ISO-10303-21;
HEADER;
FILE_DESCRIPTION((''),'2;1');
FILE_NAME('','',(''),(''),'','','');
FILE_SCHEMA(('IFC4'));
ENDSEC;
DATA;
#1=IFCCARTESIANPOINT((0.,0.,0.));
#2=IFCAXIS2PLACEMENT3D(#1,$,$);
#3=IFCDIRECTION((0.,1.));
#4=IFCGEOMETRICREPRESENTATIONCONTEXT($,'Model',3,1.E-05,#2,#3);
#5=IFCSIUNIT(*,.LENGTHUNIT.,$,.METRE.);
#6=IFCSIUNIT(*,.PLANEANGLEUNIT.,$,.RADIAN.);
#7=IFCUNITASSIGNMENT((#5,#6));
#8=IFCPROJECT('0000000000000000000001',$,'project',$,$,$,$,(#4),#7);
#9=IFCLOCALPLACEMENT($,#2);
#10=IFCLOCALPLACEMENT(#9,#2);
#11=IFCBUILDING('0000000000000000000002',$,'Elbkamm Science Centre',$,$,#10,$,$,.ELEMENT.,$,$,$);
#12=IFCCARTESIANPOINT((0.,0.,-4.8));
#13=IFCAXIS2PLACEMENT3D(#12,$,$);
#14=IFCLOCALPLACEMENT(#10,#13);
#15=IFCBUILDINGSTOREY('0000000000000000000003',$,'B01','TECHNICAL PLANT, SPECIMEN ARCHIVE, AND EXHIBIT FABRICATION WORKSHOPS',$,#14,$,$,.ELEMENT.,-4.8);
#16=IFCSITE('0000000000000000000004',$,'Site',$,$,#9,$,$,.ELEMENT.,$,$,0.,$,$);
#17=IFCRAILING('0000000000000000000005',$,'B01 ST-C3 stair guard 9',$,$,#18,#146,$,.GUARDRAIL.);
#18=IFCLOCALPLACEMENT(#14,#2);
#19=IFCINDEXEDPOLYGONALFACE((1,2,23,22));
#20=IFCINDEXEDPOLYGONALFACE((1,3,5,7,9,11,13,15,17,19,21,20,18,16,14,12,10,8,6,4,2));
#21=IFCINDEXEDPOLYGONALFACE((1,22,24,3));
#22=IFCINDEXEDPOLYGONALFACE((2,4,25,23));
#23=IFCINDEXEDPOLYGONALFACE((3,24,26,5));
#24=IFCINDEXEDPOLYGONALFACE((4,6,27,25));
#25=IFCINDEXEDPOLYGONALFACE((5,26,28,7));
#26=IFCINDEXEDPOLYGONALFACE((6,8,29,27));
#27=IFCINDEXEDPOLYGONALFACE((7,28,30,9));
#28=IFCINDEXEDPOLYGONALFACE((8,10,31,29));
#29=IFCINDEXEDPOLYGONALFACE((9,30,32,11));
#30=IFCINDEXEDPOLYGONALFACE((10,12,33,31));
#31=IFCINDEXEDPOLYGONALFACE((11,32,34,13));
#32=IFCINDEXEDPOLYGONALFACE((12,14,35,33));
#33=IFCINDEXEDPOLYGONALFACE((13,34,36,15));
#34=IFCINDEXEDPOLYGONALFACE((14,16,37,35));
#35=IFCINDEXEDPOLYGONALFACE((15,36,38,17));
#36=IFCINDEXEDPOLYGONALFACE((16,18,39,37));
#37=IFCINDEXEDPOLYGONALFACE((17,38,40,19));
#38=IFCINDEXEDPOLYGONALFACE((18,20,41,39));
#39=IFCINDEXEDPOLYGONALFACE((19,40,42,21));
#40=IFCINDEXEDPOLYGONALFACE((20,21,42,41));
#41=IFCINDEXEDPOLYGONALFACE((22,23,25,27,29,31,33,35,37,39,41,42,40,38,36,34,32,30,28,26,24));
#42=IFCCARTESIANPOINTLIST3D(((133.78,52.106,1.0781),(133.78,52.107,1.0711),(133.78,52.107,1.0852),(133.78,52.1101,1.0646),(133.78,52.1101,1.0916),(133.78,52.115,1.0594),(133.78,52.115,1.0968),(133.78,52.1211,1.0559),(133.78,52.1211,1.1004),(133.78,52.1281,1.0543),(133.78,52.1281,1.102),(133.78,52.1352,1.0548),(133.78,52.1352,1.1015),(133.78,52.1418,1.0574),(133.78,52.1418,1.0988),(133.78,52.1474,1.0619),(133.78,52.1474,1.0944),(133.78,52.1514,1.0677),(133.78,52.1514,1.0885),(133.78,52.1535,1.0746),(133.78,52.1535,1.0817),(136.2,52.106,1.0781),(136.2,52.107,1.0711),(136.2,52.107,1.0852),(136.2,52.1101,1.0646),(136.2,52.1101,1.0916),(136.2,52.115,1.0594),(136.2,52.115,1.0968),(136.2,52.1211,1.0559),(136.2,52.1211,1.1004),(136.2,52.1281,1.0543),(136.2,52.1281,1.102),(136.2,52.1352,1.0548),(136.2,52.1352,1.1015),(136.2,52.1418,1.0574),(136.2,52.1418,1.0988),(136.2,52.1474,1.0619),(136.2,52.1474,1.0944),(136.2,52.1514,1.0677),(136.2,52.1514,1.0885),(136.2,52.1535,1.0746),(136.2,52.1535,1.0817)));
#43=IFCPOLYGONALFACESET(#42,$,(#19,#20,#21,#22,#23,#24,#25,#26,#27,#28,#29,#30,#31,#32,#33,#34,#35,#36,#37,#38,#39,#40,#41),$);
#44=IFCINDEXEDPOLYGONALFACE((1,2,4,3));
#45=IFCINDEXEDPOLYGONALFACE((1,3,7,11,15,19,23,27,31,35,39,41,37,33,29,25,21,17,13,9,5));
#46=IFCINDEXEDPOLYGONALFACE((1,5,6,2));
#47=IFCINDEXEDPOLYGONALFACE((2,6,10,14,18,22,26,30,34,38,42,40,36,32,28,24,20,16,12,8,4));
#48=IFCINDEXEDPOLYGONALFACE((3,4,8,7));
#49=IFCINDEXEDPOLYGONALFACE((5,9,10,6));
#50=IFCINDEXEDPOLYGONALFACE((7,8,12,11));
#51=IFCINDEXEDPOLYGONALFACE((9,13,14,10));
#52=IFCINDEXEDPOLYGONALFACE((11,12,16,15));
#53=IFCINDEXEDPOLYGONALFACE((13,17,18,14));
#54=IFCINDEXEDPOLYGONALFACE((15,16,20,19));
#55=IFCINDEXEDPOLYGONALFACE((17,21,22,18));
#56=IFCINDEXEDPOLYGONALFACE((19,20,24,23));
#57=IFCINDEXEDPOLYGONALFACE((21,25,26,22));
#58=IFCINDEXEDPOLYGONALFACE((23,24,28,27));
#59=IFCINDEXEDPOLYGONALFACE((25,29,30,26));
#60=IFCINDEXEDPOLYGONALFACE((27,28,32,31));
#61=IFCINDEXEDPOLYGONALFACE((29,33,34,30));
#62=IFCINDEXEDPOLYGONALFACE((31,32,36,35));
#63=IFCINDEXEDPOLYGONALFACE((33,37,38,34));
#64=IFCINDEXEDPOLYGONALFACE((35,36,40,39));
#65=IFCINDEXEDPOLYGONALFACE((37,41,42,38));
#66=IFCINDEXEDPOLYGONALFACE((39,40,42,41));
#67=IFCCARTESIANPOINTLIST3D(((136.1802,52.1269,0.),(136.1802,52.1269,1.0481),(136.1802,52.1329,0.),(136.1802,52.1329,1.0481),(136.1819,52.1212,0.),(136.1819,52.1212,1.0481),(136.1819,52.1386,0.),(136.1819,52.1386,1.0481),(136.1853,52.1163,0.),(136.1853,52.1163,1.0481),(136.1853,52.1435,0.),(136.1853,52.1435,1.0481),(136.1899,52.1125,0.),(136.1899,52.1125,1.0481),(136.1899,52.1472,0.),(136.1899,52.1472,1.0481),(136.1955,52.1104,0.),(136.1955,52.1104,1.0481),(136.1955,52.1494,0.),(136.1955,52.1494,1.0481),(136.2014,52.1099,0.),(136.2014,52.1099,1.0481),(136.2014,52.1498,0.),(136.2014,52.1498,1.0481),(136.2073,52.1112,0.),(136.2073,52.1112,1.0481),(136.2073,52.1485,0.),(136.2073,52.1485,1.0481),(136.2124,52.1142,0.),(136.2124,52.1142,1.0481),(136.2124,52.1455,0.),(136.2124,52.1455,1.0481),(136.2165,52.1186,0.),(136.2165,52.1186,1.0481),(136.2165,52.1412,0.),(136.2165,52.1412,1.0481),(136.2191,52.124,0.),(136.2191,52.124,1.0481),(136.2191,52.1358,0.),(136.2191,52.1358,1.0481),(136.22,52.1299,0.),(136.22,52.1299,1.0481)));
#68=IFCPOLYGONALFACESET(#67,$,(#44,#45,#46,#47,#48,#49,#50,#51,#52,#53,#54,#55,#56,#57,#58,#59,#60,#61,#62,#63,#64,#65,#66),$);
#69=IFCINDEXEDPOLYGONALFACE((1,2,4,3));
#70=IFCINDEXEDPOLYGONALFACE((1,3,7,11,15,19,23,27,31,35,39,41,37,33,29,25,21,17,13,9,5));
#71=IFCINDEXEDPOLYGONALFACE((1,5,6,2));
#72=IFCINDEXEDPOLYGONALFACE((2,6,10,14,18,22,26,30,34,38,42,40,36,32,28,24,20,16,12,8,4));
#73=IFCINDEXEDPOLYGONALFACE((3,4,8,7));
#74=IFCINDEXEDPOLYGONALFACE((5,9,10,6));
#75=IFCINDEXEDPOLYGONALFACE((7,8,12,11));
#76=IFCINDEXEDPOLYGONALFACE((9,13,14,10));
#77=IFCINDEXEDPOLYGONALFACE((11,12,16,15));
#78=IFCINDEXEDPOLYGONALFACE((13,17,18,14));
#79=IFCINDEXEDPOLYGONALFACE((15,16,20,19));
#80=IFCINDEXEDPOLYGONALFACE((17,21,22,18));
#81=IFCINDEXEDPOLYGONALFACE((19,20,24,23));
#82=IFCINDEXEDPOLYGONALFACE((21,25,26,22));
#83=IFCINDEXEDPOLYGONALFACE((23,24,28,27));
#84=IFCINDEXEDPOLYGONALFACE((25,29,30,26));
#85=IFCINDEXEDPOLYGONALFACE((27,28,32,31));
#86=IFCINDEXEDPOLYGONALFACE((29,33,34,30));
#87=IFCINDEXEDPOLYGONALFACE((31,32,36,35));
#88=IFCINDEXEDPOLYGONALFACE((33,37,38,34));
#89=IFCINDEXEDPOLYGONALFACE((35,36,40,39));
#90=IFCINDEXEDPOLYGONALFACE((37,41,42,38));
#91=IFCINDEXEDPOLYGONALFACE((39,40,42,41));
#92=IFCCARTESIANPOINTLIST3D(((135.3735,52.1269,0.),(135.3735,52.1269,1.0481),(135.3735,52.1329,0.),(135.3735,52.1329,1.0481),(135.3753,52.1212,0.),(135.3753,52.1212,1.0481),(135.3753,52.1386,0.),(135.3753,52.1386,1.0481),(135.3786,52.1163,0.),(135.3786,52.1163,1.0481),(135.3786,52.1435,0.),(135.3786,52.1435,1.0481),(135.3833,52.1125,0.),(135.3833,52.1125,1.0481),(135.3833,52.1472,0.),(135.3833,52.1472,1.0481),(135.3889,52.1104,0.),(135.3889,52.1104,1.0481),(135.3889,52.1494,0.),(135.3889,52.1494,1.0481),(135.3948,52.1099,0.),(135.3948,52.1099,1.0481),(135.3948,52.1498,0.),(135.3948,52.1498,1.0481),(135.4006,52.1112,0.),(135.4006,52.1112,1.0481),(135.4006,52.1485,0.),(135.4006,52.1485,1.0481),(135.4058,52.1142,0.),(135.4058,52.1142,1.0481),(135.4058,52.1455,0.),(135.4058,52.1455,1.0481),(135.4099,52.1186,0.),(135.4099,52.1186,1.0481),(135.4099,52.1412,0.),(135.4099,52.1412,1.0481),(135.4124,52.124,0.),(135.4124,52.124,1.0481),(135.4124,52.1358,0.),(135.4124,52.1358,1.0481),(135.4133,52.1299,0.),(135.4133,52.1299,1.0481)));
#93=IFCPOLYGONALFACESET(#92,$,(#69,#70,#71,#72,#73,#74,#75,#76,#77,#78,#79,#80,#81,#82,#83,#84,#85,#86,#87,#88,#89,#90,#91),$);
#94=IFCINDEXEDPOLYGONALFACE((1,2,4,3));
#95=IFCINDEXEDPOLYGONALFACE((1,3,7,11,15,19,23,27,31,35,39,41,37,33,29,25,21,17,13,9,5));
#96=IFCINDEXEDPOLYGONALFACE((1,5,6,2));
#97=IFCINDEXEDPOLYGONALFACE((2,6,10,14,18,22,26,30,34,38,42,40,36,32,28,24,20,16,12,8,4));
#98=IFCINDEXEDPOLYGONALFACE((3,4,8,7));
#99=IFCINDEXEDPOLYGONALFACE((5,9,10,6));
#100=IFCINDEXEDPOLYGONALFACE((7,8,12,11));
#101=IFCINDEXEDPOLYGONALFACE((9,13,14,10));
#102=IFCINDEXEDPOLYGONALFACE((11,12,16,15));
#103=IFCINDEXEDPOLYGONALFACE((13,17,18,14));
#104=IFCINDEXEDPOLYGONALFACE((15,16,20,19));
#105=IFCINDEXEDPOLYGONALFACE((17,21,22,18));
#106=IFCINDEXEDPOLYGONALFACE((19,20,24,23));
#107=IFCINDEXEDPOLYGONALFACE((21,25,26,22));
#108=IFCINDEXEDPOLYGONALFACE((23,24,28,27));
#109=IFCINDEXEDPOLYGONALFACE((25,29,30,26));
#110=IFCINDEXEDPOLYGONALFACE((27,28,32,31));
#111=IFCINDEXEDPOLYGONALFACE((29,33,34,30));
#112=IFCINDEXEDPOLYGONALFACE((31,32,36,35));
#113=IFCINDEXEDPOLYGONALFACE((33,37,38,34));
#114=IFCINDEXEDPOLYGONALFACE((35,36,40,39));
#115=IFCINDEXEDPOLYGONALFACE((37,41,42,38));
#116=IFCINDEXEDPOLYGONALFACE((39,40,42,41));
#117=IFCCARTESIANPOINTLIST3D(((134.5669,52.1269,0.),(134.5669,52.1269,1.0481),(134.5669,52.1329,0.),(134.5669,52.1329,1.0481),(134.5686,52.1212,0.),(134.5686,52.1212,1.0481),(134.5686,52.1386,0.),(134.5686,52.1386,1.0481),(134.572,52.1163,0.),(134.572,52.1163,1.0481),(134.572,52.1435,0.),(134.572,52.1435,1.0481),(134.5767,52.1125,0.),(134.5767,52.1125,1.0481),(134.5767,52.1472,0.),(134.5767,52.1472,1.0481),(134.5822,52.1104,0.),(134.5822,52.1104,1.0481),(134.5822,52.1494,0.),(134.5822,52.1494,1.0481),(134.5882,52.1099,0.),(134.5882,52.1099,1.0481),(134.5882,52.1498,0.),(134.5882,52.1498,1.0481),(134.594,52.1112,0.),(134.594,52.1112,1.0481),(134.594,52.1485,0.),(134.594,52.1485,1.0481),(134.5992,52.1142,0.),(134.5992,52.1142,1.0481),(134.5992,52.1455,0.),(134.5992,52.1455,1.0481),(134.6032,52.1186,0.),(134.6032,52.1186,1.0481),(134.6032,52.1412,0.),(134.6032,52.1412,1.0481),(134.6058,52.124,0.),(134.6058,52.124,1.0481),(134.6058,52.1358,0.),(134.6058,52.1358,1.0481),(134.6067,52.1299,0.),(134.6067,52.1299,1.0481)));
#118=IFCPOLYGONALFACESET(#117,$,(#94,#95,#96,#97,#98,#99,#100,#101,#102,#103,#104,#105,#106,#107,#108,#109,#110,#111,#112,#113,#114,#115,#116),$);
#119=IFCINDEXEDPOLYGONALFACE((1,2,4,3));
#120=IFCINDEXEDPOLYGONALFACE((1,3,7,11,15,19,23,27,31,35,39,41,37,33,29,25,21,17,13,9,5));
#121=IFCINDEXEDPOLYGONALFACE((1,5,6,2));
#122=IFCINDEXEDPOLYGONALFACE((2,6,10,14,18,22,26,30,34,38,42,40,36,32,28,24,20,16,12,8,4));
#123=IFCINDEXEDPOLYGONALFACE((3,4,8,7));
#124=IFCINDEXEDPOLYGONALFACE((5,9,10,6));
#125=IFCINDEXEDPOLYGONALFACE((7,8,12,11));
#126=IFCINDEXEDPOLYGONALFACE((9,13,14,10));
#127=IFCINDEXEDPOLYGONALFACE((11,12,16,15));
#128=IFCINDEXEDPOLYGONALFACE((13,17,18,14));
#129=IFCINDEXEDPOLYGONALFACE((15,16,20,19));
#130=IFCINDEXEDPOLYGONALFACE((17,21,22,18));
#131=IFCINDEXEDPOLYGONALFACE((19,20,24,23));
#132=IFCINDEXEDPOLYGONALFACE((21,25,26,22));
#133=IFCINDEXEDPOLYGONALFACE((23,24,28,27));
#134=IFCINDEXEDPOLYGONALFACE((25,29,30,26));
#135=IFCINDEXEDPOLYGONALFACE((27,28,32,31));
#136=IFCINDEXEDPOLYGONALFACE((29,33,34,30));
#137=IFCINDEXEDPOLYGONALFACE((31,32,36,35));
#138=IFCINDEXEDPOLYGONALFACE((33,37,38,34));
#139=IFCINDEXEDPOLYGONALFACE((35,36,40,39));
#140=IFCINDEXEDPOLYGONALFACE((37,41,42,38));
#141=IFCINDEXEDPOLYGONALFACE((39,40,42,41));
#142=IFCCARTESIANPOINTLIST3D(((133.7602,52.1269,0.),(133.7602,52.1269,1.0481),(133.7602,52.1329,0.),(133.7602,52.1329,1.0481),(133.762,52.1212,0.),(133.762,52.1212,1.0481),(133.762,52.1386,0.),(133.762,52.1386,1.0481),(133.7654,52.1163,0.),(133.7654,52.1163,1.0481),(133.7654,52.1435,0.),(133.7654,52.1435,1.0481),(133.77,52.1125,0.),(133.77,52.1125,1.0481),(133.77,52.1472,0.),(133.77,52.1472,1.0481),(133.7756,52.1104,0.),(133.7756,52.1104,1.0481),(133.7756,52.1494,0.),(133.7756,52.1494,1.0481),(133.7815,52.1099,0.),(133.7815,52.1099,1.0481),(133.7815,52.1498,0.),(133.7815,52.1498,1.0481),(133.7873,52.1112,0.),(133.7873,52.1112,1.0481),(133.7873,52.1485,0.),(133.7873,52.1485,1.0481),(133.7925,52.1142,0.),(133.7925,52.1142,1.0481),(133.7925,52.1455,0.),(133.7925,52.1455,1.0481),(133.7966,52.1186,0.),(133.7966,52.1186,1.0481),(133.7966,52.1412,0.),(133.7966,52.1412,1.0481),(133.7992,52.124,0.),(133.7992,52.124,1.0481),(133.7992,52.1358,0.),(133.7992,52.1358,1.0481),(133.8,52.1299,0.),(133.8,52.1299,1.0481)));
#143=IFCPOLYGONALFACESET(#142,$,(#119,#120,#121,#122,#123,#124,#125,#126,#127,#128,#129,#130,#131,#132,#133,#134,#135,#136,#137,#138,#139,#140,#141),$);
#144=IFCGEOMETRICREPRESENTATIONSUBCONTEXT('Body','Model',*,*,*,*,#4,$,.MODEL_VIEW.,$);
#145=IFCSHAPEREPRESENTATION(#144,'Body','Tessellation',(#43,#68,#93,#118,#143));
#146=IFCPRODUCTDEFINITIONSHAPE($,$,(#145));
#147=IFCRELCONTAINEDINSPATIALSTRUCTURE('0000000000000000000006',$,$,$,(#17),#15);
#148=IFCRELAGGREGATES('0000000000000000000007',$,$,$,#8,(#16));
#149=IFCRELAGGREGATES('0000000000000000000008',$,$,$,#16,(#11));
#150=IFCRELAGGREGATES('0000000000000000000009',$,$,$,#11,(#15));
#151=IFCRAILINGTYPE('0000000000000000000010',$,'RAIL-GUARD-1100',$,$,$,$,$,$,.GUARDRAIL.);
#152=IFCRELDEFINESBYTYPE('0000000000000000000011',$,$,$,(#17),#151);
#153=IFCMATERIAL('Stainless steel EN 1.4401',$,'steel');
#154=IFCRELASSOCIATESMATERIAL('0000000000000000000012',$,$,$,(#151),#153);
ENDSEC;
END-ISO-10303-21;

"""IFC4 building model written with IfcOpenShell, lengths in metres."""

from ifc_helpers import new_model, si_unit, direction, frame, origin, origin_2d, place, context, subcontext, project, spatial, circle, extrude, material, type_object, element, save


model = new_model("IFC4")

# Units and contexts
model_context = context("Model", 3, precision=1e-05, world=origin(), true_north=direction((0.0, 1.0)))
body_context = subcontext(model_context, "Body", "Model", "MODEL_VIEW")
ifc_project = project(units=[si_unit("LENGTHUNIT", "METRE"), si_unit("PLANEANGLEUNIT", "RADIAN")], contexts=[model_context])

# Site, building, storey
site_placement = place(None, origin())
site = spatial("IfcSite", under=ifc_project, at=site_placement, Name="Site", CompositionType="ELEMENT", RefElevation=0.0)
building_placement = place(site_placement, origin())
building = spatial("IfcBuilding", under=site, at=building_placement, Name="Elbkamm Science Centre", CompositionType="ELEMENT")
storey_placement = place(building_placement, frame((0.0, 0.0, -4.8)))
storey = spatial("IfcBuildingStorey", under=building, at=storey_placement, Name="B01", Description="TECHNICAL PLANT, SPECIMEN ARCHIVE, AND EXHIBIT FABRICATION WORKSHOPS", CompositionType="ELEMENT", Elevation=-4.8)

# Railing
ifc_material_1 = material(Name="Stainless steel EN 1.4401", Category="steel")
railing_type = type_object("IfcRailingType", Name="RAIL-GUARD-1100", PredefinedType="GUARDRAIL", material=ifc_material_1)
for number, where, name in (
    (1, (136.2, 52.1299, 0.0), "B01 ST-C3 stair guard 9"),
):
    element("IfcRailing", number, at=place(storey_placement, frame(where)), inside=storey, type_object=railing_type, Name=name, PredefinedType="GUARDRAIL", context=body_context, shape_type="SweptSolid", body=[
        extrude(circle(Radius=0.0239, at=origin_2d()), frame((0.0, 0.0, 1.0781), z_axis=(-1.0, 0.0, 0.0), x_axis=(0.0, -1.0, 0.0)), (0.0, 0.0, 1.0), 2.4199),
        extrude(circle(Radius=0.02, at=origin_2d()), origin(), (0.0, 0.0, 1.0), 1.0481),
        extrude(circle(Radius=0.02, at=origin_2d()), frame((-0.8066, 0.0, 0.0)), (0.0, 0.0, 1.0), 1.0481),
        extrude(circle(Radius=0.02, at=origin_2d()), frame((-1.6133, 0.0, 0.0)), (0.0, 0.0, 1.0), 1.0481),
        extrude(circle(Radius=0.02, at=origin_2d()), frame((-2.4199, 0.0, 0.0)), (0.0, 0.0, 1.0), 1.0481),
    ])

save(model, "model.ifc")
